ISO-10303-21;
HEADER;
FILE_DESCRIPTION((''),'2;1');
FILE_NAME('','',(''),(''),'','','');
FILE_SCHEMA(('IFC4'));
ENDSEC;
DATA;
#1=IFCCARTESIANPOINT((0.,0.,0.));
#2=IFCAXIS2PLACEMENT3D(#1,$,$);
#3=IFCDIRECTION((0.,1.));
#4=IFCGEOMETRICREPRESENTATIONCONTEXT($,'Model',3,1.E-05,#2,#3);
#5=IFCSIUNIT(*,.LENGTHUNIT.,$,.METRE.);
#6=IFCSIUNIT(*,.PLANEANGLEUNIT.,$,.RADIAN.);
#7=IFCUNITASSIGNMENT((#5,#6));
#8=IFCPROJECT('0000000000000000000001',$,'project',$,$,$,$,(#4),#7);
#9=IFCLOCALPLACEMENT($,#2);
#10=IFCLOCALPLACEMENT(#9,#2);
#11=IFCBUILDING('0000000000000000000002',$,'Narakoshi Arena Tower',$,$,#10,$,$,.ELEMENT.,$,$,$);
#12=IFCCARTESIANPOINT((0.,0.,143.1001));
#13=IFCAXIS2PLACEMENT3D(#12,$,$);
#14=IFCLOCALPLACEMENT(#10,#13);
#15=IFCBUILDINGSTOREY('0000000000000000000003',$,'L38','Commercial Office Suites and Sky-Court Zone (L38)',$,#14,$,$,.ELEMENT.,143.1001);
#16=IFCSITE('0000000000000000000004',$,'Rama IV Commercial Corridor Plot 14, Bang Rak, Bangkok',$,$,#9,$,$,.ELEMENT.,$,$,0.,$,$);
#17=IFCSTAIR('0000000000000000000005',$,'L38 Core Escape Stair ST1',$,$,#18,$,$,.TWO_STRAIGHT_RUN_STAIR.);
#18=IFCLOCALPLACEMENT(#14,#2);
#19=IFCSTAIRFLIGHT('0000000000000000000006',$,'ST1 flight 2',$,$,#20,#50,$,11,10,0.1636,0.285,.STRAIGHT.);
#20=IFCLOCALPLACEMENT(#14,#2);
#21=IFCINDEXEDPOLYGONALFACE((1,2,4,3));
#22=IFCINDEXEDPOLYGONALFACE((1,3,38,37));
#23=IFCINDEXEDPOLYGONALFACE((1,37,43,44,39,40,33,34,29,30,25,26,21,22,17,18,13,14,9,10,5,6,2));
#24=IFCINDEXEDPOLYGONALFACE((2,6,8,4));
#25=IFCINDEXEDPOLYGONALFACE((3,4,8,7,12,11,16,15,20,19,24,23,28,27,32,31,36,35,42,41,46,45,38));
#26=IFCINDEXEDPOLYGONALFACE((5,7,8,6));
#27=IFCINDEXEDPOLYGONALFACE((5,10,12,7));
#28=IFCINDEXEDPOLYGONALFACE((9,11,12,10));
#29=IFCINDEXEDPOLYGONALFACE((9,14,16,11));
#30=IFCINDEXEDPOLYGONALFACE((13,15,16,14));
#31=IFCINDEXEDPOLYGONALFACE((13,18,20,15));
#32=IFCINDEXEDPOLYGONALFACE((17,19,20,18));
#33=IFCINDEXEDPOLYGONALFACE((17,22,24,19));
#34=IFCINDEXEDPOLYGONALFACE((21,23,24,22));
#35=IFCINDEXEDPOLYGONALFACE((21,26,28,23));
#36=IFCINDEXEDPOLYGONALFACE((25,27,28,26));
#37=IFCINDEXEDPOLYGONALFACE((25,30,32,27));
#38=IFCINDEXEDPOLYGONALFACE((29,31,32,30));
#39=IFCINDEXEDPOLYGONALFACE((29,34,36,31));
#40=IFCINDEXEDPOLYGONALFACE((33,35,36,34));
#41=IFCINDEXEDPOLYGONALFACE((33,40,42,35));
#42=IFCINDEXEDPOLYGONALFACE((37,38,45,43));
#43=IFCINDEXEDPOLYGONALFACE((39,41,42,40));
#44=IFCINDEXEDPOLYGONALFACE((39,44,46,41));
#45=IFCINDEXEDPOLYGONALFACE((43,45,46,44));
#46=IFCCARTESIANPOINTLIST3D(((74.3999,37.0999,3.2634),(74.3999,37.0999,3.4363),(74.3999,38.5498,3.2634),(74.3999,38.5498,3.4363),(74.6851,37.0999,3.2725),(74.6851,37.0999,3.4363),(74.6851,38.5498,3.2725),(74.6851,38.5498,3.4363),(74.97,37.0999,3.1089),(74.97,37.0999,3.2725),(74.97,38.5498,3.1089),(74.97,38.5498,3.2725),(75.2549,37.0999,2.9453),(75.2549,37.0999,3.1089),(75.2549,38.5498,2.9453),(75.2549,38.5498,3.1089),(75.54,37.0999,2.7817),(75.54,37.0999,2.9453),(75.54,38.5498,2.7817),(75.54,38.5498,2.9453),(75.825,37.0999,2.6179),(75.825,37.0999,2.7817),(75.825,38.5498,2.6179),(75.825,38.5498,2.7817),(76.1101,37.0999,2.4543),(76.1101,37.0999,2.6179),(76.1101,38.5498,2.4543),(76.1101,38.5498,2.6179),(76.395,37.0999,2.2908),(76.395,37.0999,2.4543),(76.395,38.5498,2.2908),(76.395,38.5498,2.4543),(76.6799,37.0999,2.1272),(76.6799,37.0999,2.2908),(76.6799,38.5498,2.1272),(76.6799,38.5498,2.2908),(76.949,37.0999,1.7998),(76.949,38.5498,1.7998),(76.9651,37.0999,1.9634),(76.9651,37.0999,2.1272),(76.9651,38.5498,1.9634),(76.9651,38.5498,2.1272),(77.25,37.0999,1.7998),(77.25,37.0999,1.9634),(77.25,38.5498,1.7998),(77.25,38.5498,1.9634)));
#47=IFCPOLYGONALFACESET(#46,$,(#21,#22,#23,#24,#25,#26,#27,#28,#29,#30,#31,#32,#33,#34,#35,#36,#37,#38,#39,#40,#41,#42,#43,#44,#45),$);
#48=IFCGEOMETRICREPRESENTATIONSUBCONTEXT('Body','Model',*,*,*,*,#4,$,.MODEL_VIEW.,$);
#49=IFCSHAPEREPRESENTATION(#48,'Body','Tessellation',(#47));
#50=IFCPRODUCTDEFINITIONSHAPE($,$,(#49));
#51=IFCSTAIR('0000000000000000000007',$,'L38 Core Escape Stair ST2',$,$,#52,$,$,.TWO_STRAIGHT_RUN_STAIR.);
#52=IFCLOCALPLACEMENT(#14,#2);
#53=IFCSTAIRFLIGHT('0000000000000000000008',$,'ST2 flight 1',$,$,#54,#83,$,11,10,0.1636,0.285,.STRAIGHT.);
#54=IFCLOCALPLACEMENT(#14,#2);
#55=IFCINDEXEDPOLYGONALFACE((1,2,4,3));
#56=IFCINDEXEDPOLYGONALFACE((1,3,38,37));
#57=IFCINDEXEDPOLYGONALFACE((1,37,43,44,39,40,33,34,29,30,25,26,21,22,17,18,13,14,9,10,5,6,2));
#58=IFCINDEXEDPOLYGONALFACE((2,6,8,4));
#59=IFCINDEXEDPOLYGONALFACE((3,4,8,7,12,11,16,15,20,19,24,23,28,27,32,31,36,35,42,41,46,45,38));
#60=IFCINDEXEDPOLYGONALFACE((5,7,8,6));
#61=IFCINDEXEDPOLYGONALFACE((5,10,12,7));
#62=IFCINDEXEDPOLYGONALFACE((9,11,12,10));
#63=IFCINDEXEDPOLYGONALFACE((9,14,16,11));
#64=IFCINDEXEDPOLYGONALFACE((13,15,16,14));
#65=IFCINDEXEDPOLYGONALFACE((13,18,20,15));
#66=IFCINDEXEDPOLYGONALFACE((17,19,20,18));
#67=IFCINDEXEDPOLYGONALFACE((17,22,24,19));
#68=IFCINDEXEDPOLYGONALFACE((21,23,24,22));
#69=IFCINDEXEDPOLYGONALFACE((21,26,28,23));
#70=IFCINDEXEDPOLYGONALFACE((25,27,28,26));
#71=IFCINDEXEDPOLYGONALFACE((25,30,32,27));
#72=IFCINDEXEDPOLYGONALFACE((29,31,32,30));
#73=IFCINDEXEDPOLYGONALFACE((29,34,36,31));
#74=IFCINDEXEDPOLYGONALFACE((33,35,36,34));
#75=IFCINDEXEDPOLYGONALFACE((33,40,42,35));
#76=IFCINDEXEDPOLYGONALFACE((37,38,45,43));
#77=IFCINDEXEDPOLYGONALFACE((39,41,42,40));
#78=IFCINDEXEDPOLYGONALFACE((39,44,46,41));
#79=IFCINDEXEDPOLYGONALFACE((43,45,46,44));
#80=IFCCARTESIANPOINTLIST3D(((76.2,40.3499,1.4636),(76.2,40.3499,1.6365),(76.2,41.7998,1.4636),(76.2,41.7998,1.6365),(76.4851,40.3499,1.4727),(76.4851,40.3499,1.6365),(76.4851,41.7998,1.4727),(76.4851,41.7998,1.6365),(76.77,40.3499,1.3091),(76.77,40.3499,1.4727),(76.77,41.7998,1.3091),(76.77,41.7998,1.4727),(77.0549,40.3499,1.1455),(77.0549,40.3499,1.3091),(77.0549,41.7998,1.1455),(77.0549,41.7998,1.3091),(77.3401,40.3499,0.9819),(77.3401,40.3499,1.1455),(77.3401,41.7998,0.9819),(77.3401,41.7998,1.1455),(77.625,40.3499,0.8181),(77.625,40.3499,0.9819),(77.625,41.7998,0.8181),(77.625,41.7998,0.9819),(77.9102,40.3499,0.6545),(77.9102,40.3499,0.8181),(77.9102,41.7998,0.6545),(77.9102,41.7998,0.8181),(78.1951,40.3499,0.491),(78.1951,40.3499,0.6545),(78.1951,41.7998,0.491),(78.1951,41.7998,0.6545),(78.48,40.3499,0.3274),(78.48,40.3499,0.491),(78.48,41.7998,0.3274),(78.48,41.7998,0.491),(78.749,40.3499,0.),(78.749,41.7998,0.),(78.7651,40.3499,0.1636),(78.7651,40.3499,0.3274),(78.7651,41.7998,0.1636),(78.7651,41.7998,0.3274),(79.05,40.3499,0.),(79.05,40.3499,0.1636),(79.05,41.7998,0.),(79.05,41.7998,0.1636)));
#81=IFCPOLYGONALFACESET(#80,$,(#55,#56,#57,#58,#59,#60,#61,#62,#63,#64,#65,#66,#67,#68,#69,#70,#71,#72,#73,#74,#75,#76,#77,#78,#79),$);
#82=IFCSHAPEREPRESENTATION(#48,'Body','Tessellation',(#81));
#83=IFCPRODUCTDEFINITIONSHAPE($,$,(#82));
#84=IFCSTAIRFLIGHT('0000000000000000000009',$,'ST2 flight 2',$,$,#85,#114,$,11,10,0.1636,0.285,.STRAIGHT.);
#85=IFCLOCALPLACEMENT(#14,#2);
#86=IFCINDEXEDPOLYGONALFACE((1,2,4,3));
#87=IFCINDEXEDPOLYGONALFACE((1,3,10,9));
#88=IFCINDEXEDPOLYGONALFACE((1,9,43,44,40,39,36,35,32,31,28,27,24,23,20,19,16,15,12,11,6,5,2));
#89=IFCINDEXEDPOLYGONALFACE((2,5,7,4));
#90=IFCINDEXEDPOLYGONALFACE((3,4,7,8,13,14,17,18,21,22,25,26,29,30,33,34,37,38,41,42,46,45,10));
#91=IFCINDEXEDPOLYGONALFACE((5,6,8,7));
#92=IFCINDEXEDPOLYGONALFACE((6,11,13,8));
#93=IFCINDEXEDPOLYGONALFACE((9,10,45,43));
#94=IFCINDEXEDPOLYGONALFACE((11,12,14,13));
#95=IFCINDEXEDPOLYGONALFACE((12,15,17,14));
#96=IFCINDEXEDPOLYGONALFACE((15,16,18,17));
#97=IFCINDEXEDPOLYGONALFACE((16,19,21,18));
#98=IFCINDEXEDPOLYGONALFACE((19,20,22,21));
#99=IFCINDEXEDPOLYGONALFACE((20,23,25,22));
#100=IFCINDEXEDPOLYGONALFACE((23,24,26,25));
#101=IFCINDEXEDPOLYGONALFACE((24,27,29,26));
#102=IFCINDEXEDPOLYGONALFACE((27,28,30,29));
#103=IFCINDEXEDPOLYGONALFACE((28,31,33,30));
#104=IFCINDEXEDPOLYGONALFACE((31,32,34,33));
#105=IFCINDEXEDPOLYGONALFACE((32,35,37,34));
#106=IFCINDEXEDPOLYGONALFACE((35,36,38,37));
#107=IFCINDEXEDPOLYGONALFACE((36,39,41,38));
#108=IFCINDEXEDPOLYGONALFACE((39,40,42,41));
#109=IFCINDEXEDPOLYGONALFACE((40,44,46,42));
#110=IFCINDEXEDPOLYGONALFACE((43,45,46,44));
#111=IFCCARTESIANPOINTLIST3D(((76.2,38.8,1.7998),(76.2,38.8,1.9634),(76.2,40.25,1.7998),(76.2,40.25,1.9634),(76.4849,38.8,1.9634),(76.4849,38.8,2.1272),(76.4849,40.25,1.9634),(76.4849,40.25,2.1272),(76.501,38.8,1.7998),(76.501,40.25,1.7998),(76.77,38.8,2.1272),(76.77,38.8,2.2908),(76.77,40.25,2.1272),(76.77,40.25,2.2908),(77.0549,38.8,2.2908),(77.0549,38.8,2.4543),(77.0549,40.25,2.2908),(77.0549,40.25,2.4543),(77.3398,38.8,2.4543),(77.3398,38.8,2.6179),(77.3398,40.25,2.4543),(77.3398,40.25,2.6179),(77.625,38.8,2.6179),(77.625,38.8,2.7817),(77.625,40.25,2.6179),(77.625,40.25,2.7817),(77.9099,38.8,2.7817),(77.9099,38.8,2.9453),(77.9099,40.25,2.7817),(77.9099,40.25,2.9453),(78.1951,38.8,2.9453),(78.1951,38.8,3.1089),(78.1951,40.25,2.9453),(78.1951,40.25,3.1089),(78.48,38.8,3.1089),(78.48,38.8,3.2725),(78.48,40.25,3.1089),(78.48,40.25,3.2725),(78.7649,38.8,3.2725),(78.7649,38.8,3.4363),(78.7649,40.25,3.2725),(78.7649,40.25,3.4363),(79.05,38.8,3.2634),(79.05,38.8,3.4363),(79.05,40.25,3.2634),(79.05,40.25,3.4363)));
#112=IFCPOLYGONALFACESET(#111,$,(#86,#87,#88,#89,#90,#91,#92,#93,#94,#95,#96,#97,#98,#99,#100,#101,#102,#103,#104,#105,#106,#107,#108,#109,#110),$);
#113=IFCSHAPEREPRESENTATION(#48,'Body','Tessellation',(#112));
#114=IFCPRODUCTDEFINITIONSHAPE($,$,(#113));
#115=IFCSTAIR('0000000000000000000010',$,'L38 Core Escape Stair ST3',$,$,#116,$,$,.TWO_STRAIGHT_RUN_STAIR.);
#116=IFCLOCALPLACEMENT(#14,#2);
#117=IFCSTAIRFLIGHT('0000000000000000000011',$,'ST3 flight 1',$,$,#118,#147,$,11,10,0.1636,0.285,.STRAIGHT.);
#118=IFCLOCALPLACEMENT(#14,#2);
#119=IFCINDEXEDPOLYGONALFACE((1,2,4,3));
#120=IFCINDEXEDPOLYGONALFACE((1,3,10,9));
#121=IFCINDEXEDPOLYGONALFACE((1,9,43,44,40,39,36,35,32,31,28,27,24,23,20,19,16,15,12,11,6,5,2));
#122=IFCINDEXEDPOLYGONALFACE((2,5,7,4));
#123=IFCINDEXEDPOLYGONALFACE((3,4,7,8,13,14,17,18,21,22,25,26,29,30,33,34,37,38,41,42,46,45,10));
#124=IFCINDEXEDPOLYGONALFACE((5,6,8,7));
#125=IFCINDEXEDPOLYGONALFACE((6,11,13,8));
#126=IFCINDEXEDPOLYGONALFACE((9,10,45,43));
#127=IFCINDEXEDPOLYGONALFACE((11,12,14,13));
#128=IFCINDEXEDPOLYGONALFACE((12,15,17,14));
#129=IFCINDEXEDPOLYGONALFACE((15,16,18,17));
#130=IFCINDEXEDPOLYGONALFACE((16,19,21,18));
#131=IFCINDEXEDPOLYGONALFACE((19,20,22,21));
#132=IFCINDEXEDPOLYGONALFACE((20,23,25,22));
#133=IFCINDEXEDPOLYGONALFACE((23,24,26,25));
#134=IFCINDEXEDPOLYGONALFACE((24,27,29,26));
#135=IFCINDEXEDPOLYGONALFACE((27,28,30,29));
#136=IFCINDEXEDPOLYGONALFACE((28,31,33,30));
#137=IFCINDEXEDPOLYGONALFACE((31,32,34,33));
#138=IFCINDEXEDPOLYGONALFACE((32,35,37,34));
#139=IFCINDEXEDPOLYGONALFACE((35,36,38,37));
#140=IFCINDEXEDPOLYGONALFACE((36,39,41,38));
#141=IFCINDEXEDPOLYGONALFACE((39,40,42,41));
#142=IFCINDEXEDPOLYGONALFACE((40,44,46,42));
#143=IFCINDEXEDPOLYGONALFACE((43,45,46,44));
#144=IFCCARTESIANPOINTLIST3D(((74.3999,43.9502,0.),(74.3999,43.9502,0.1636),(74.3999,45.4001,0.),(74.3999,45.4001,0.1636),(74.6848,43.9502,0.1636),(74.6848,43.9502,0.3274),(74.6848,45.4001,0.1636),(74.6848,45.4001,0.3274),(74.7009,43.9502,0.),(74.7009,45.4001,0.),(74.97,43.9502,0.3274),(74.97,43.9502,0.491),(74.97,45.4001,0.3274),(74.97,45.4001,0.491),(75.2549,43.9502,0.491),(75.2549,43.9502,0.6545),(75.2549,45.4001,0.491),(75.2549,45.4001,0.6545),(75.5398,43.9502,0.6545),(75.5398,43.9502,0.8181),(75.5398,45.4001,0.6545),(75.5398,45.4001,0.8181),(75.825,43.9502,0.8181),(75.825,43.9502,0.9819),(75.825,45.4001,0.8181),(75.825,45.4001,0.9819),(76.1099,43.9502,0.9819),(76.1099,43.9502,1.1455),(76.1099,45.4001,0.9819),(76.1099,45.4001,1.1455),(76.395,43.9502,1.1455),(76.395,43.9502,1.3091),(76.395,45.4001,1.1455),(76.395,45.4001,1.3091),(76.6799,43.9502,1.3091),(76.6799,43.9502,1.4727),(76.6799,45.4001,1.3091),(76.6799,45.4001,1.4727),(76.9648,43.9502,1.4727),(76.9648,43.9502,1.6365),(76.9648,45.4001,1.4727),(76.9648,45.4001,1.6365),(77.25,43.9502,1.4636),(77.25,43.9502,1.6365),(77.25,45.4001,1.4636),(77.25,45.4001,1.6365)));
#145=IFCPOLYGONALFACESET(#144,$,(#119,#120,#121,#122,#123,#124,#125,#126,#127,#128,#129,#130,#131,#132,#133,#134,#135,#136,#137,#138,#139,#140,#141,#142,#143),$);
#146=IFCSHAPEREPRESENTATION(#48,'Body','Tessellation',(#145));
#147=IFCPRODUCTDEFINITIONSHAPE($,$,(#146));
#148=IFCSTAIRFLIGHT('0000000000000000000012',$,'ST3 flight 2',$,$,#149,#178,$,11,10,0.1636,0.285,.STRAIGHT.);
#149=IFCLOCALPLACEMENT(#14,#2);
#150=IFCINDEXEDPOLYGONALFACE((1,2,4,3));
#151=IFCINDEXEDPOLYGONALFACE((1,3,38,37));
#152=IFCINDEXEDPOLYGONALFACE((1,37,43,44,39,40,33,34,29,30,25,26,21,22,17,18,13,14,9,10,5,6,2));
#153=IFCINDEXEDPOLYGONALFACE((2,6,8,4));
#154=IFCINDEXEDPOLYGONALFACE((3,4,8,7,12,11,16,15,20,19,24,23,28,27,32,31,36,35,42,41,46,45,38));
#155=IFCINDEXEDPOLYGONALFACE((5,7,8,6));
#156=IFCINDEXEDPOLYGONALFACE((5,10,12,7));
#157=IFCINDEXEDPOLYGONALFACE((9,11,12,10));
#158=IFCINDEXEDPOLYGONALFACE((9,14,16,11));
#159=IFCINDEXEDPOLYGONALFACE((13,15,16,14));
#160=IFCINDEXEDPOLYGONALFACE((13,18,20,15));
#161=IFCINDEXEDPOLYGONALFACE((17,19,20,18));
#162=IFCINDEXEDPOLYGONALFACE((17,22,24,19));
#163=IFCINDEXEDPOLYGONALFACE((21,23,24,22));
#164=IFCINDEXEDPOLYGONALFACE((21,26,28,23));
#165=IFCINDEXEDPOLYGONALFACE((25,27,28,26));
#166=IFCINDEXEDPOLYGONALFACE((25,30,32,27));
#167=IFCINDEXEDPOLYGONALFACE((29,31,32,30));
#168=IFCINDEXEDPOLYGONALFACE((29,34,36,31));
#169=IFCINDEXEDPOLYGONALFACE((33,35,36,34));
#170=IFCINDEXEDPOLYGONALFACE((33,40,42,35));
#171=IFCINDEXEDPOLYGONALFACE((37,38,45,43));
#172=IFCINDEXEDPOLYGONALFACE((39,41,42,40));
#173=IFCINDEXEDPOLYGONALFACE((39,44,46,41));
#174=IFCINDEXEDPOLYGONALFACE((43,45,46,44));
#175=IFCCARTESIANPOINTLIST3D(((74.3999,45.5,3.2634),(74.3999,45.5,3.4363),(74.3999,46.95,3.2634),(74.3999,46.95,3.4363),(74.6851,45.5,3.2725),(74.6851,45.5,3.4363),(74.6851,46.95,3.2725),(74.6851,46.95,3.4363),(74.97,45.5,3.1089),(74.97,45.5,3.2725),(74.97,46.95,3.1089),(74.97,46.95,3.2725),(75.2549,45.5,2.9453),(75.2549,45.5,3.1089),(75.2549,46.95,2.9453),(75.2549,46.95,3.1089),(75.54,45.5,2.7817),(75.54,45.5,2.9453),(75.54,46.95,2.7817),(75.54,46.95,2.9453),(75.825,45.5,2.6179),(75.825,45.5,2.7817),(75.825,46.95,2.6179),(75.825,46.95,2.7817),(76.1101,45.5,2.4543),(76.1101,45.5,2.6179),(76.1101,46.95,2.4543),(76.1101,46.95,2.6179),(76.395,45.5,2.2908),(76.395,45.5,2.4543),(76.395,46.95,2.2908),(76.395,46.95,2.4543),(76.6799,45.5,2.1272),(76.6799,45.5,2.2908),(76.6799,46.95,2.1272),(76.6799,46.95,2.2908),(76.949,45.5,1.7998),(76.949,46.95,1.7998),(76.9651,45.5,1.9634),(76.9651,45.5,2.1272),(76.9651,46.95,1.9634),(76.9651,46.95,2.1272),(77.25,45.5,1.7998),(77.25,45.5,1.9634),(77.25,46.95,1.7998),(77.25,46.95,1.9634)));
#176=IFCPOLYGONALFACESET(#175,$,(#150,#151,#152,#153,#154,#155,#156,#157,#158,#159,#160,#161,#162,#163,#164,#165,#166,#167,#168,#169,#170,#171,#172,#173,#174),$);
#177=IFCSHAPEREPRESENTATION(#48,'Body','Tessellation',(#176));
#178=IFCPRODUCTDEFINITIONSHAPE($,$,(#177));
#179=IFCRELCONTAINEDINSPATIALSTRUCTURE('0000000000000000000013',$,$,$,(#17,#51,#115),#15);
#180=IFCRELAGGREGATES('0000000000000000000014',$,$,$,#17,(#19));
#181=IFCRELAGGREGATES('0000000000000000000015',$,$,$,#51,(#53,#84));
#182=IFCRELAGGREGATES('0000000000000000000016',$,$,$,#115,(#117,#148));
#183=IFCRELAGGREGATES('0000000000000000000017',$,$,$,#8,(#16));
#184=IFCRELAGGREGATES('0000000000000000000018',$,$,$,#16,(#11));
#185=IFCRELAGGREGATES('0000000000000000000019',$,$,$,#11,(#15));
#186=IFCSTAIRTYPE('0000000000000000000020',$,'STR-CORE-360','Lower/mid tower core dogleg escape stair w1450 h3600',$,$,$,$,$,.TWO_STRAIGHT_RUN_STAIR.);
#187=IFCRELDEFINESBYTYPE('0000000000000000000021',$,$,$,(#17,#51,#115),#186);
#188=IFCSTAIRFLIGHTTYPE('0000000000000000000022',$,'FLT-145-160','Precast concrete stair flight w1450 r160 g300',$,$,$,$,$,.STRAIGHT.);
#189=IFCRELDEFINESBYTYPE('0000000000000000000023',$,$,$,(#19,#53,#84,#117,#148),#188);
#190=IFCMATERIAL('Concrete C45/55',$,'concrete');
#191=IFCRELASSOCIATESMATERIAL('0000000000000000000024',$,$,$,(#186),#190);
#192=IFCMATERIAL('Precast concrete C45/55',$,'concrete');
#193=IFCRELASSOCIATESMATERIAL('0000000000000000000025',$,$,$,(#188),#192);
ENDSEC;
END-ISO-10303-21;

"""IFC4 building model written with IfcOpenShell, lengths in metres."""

from ifc_helpers import new_model, si_unit, direction, frame, origin, place, context, subcontext, project, spatial, polyline, outline, extrude, material, type_object, element, aggregate, save


model = new_model("IFC4")

# Units and contexts
model_context = context("Model", 3, precision=1e-05, world=origin(), true_north=direction((0.0, 1.0)))
body_context = subcontext(model_context, "Body", "Model", "MODEL_VIEW")
ifc_project = project(units=[si_unit("LENGTHUNIT", "METRE"), si_unit("PLANEANGLEUNIT", "RADIAN")], contexts=[model_context])

# Site, building, storey
site_placement = place(None, origin())
site = spatial("IfcSite", under=ifc_project, at=site_placement, Name="Rama IV Commercial Corridor Plot 14, Bang Rak, Bangkok", CompositionType="ELEMENT", RefElevation=0.0)
building_placement = place(site_placement, origin())
building = spatial("IfcBuilding", under=site, at=building_placement, Name="Narakoshi Arena Tower", CompositionType="ELEMENT")
storey_placement = place(building_placement, frame((0.0, 0.0, 143.1001)))
storey = spatial("IfcBuildingStorey", under=building, at=storey_placement, Name="L38", Description="Commercial Office Suites and Sky-Court Zone (L38)", CompositionType="ELEMENT", Elevation=143.1001)

# Stairs, stair flights
ifc_material_1 = material(Name="Concrete C45/55", Category="concrete")
stair_type = type_object("IfcStairType", Name="STR-CORE-360", Description="Lower/mid tower core dogleg escape stair w1450 h3600", PredefinedType="TWO_STRAIGHT_RUN_STAIR", material=ifc_material_1)
stair_1_placement = place(storey_placement, origin())
stair_1 = element("IfcStair", 1, at=stair_1_placement, inside=storey, type_object=stair_type, Name="L38 Core Escape Stair ST1", PredefinedType="TWO_STRAIGHT_RUN_STAIR")
ifc_material_2 = material(Name="Precast concrete C45/55", Category="concrete")
stair_flight_type = type_object("IfcStairFlightType", Name="FLT-145-160", Description="Precast concrete stair flight w1450 r160 g300", PredefinedType="STRAIGHT", material=ifc_material_2)
stair_flight_1_placement = place(storey_placement, frame((77.25, 37.825, 1.7998), z_axis=(0.0, 0.0, 1.0), x_axis=(-1.0, 0.0, 0.0)))
stair_flight_1 = element("IfcStairFlight", 2, at=stair_flight_1_placement, type_object=stair_flight_type, Name="ST1 flight 2", NumberOfRisers=11, NumberOfTreads=10, PredefinedType="STRAIGHT", RiserHeight=0.1636, TreadLength=0.285, context=body_context, shape_type="SweptSolid", body=[
    extrude(outline(polyline([(0.0, 0.0), (0.0, 0.1636), (0.2849, 0.1636), (0.2849, 0.3274), (0.5701, 0.3274), (0.5701, 0.491), (0.855, 0.491), (0.855, 0.6545), (1.1399, 0.6545), (1.1399, 0.8181), (1.425, 0.8181), (1.425, 0.9819), (1.71, 0.9819), (1.71, 1.1455), (1.9951, 1.1455), (1.9951, 1.3091), (2.28, 1.3091), (2.28, 1.4727), (2.5649, 1.4727), (2.5649, 1.6365), (2.8501, 1.6365), (2.8501, 1.8), (2.8501, 1.4636), (0.301, 0.0), (0.0, 0.0)])), frame((0.0, 0.7251, 0.0), z_axis=(0.0, -1.0, 0.0), x_axis=(1.0, 0.0, 0.0)), (0.0, 0.0, 1.0), 1.45),
])
aggregate(stair_1, [stair_flight_1])
stair_2_placement = place(storey_placement, origin())
stair_2 = element("IfcStair", 3, at=stair_2_placement, inside=storey, type_object=stair_type, Name="L38 Core Escape Stair ST2", PredefinedType="TWO_STRAIGHT_RUN_STAIR")
stair_flight_2_placement = place(storey_placement, frame((79.05, 41.075, 0.0), z_axis=(0.0, 0.0, 1.0), x_axis=(-1.0, 0.0, 0.0)))
stair_flight_2 = element("IfcStairFlight", 4, at=stair_flight_2_placement, type_object=stair_flight_type, Name="ST2 flight 1", NumberOfRisers=11, NumberOfTreads=10, PredefinedType="STRAIGHT", RiserHeight=0.1636, TreadLength=0.285, context=body_context, shape_type="SweptSolid", body=[
    extrude(outline(polyline([(0.0, 0.0), (0.0, 0.1636), (0.2849, 0.1636), (0.2849, 0.3274), (0.5701, 0.3274), (0.5701, 0.491), (0.855, 0.491), (0.855, 0.6545), (1.1399, 0.6545), (1.1399, 0.8181), (1.425, 0.8181), (1.425, 0.9819), (1.71, 0.9819), (1.71, 1.1455), (1.9951, 1.1455), (1.9951, 1.3091), (2.28, 1.3091), (2.28, 1.4727), (2.5649, 1.4727), (2.5649, 1.6365), (2.8501, 1.6365), (2.8501, 1.8), (2.8501, 1.4636), (0.301, 0.0), (0.0, 0.0)])), frame((0.0, 0.7251, 0.0), z_axis=(0.0, -1.0, 0.0), x_axis=(1.0, 0.0, 0.0)), (0.0, 0.0, 1.0), 1.45),
])
stair_flight_3_placement = place(storey_placement, frame((76.2, 39.5249, 1.7998), z_axis=(0.0, 0.0, 1.0), x_axis=(1.0, 0.0, 0.0)))
stair_flight_3 = element("IfcStairFlight", 5, at=stair_flight_3_placement, type_object=stair_flight_type, Name="ST2 flight 2", NumberOfRisers=11, NumberOfTreads=10, PredefinedType="STRAIGHT", RiserHeight=0.1636, TreadLength=0.285, context=body_context, shape_type="SweptSolid", body=[
    extrude(outline(polyline([(0.0, 0.0), (0.0, 0.1636), (0.2849, 0.1636), (0.2849, 0.3274), (0.5701, 0.3274), (0.5701, 0.491), (0.855, 0.491), (0.855, 0.6545), (1.1399, 0.6545), (1.1399, 0.8181), (1.425, 0.8181), (1.425, 0.9819), (1.71, 0.9819), (1.71, 1.1455), (1.9951, 1.1455), (1.9951, 1.3091), (2.28, 1.3091), (2.28, 1.4727), (2.5649, 1.4727), (2.5649, 1.6365), (2.8501, 1.6365), (2.8501, 1.8), (2.8501, 1.4636), (0.301, 0.0), (0.0, 0.0)])), frame((0.0, 0.7251, 0.0), z_axis=(0.0, -1.0, 0.0), x_axis=(1.0, 0.0, 0.0)), (0.0, 0.0, 1.0), 1.45),
])
aggregate(stair_2, [stair_flight_2, stair_flight_3])
stair_3_placement = place(storey_placement, origin())
stair_3 = element("IfcStair", 6, at=stair_3_placement, inside=storey, type_object=stair_type, Name="L38 Core Escape Stair ST3", PredefinedType="TWO_STRAIGHT_RUN_STAIR")
stair_flight_4_placement = place(storey_placement, frame((74.3999, 44.675, 0.0), z_axis=(0.0, 0.0, 1.0), x_axis=(1.0, 0.0, 0.0)))
stair_flight_4 = element("IfcStairFlight", 7, at=stair_flight_4_placement, type_object=stair_flight_type, Name="ST3 flight 1", NumberOfRisers=11, NumberOfTreads=10, PredefinedType="STRAIGHT", RiserHeight=0.1636, TreadLength=0.285, context=body_context, shape_type="SweptSolid", body=[
    extrude(outline(polyline([(0.0, 0.0), (0.0, 0.1636), (0.2849, 0.1636), (0.2849, 0.3274), (0.5701, 0.3274), (0.5701, 0.491), (0.855, 0.491), (0.855, 0.6545), (1.1399, 0.6545), (1.1399, 0.8181), (1.425, 0.8181), (1.425, 0.9819), (1.71, 0.9819), (1.71, 1.1455), (1.9951, 1.1455), (1.9951, 1.3091), (2.28, 1.3091), (2.28, 1.4727), (2.5649, 1.4727), (2.5649, 1.6365), (2.8501, 1.6365), (2.8501, 1.8), (2.8501, 1.4636), (0.301, 0.0), (0.0, 0.0)])), frame((0.0, 0.7251, 0.0), z_axis=(0.0, -1.0, 0.0), x_axis=(1.0, 0.0, 0.0)), (0.0, 0.0, 1.0), 1.45),
])
stair_flight_5_placement = place(storey_placement, frame((77.25, 46.2251, 1.7998), z_axis=(0.0, 0.0, 1.0), x_axis=(-1.0, 0.0, 0.0)))
stair_flight_5 = element("IfcStairFlight", 8, at=stair_flight_5_placement, type_object=stair_flight_type, Name="ST3 flight 2", NumberOfRisers=11, NumberOfTreads=10, PredefinedType="STRAIGHT", RiserHeight=0.1636, TreadLength=0.285, context=body_context, shape_type="SweptSolid", body=[
    extrude(outline(polyline([(0.0, 0.0), (0.0, 0.1636), (0.2849, 0.1636), (0.2849, 0.3274), (0.5701, 0.3274), (0.5701, 0.491), (0.855, 0.491), (0.855, 0.6545), (1.1399, 0.6545), (1.1399, 0.8181), (1.425, 0.8181), (1.425, 0.9819), (1.71, 0.9819), (1.71, 1.1455), (1.9951, 1.1455), (1.9951, 1.3091), (2.28, 1.3091), (2.28, 1.4727), (2.5649, 1.4727), (2.5649, 1.6365), (2.8501, 1.6365), (2.8501, 1.8), (2.8501, 1.4636), (0.301, 0.0), (0.0, 0.0)])), frame((0.0, 0.7251, 0.0), z_axis=(0.0, -1.0, 0.0), x_axis=(1.0, 0.0, 0.0)), (0.0, 0.0, 1.0), 1.45),
])
aggregate(stair_3, [stair_flight_4, stair_flight_5])

save(model, "model.ifc")
